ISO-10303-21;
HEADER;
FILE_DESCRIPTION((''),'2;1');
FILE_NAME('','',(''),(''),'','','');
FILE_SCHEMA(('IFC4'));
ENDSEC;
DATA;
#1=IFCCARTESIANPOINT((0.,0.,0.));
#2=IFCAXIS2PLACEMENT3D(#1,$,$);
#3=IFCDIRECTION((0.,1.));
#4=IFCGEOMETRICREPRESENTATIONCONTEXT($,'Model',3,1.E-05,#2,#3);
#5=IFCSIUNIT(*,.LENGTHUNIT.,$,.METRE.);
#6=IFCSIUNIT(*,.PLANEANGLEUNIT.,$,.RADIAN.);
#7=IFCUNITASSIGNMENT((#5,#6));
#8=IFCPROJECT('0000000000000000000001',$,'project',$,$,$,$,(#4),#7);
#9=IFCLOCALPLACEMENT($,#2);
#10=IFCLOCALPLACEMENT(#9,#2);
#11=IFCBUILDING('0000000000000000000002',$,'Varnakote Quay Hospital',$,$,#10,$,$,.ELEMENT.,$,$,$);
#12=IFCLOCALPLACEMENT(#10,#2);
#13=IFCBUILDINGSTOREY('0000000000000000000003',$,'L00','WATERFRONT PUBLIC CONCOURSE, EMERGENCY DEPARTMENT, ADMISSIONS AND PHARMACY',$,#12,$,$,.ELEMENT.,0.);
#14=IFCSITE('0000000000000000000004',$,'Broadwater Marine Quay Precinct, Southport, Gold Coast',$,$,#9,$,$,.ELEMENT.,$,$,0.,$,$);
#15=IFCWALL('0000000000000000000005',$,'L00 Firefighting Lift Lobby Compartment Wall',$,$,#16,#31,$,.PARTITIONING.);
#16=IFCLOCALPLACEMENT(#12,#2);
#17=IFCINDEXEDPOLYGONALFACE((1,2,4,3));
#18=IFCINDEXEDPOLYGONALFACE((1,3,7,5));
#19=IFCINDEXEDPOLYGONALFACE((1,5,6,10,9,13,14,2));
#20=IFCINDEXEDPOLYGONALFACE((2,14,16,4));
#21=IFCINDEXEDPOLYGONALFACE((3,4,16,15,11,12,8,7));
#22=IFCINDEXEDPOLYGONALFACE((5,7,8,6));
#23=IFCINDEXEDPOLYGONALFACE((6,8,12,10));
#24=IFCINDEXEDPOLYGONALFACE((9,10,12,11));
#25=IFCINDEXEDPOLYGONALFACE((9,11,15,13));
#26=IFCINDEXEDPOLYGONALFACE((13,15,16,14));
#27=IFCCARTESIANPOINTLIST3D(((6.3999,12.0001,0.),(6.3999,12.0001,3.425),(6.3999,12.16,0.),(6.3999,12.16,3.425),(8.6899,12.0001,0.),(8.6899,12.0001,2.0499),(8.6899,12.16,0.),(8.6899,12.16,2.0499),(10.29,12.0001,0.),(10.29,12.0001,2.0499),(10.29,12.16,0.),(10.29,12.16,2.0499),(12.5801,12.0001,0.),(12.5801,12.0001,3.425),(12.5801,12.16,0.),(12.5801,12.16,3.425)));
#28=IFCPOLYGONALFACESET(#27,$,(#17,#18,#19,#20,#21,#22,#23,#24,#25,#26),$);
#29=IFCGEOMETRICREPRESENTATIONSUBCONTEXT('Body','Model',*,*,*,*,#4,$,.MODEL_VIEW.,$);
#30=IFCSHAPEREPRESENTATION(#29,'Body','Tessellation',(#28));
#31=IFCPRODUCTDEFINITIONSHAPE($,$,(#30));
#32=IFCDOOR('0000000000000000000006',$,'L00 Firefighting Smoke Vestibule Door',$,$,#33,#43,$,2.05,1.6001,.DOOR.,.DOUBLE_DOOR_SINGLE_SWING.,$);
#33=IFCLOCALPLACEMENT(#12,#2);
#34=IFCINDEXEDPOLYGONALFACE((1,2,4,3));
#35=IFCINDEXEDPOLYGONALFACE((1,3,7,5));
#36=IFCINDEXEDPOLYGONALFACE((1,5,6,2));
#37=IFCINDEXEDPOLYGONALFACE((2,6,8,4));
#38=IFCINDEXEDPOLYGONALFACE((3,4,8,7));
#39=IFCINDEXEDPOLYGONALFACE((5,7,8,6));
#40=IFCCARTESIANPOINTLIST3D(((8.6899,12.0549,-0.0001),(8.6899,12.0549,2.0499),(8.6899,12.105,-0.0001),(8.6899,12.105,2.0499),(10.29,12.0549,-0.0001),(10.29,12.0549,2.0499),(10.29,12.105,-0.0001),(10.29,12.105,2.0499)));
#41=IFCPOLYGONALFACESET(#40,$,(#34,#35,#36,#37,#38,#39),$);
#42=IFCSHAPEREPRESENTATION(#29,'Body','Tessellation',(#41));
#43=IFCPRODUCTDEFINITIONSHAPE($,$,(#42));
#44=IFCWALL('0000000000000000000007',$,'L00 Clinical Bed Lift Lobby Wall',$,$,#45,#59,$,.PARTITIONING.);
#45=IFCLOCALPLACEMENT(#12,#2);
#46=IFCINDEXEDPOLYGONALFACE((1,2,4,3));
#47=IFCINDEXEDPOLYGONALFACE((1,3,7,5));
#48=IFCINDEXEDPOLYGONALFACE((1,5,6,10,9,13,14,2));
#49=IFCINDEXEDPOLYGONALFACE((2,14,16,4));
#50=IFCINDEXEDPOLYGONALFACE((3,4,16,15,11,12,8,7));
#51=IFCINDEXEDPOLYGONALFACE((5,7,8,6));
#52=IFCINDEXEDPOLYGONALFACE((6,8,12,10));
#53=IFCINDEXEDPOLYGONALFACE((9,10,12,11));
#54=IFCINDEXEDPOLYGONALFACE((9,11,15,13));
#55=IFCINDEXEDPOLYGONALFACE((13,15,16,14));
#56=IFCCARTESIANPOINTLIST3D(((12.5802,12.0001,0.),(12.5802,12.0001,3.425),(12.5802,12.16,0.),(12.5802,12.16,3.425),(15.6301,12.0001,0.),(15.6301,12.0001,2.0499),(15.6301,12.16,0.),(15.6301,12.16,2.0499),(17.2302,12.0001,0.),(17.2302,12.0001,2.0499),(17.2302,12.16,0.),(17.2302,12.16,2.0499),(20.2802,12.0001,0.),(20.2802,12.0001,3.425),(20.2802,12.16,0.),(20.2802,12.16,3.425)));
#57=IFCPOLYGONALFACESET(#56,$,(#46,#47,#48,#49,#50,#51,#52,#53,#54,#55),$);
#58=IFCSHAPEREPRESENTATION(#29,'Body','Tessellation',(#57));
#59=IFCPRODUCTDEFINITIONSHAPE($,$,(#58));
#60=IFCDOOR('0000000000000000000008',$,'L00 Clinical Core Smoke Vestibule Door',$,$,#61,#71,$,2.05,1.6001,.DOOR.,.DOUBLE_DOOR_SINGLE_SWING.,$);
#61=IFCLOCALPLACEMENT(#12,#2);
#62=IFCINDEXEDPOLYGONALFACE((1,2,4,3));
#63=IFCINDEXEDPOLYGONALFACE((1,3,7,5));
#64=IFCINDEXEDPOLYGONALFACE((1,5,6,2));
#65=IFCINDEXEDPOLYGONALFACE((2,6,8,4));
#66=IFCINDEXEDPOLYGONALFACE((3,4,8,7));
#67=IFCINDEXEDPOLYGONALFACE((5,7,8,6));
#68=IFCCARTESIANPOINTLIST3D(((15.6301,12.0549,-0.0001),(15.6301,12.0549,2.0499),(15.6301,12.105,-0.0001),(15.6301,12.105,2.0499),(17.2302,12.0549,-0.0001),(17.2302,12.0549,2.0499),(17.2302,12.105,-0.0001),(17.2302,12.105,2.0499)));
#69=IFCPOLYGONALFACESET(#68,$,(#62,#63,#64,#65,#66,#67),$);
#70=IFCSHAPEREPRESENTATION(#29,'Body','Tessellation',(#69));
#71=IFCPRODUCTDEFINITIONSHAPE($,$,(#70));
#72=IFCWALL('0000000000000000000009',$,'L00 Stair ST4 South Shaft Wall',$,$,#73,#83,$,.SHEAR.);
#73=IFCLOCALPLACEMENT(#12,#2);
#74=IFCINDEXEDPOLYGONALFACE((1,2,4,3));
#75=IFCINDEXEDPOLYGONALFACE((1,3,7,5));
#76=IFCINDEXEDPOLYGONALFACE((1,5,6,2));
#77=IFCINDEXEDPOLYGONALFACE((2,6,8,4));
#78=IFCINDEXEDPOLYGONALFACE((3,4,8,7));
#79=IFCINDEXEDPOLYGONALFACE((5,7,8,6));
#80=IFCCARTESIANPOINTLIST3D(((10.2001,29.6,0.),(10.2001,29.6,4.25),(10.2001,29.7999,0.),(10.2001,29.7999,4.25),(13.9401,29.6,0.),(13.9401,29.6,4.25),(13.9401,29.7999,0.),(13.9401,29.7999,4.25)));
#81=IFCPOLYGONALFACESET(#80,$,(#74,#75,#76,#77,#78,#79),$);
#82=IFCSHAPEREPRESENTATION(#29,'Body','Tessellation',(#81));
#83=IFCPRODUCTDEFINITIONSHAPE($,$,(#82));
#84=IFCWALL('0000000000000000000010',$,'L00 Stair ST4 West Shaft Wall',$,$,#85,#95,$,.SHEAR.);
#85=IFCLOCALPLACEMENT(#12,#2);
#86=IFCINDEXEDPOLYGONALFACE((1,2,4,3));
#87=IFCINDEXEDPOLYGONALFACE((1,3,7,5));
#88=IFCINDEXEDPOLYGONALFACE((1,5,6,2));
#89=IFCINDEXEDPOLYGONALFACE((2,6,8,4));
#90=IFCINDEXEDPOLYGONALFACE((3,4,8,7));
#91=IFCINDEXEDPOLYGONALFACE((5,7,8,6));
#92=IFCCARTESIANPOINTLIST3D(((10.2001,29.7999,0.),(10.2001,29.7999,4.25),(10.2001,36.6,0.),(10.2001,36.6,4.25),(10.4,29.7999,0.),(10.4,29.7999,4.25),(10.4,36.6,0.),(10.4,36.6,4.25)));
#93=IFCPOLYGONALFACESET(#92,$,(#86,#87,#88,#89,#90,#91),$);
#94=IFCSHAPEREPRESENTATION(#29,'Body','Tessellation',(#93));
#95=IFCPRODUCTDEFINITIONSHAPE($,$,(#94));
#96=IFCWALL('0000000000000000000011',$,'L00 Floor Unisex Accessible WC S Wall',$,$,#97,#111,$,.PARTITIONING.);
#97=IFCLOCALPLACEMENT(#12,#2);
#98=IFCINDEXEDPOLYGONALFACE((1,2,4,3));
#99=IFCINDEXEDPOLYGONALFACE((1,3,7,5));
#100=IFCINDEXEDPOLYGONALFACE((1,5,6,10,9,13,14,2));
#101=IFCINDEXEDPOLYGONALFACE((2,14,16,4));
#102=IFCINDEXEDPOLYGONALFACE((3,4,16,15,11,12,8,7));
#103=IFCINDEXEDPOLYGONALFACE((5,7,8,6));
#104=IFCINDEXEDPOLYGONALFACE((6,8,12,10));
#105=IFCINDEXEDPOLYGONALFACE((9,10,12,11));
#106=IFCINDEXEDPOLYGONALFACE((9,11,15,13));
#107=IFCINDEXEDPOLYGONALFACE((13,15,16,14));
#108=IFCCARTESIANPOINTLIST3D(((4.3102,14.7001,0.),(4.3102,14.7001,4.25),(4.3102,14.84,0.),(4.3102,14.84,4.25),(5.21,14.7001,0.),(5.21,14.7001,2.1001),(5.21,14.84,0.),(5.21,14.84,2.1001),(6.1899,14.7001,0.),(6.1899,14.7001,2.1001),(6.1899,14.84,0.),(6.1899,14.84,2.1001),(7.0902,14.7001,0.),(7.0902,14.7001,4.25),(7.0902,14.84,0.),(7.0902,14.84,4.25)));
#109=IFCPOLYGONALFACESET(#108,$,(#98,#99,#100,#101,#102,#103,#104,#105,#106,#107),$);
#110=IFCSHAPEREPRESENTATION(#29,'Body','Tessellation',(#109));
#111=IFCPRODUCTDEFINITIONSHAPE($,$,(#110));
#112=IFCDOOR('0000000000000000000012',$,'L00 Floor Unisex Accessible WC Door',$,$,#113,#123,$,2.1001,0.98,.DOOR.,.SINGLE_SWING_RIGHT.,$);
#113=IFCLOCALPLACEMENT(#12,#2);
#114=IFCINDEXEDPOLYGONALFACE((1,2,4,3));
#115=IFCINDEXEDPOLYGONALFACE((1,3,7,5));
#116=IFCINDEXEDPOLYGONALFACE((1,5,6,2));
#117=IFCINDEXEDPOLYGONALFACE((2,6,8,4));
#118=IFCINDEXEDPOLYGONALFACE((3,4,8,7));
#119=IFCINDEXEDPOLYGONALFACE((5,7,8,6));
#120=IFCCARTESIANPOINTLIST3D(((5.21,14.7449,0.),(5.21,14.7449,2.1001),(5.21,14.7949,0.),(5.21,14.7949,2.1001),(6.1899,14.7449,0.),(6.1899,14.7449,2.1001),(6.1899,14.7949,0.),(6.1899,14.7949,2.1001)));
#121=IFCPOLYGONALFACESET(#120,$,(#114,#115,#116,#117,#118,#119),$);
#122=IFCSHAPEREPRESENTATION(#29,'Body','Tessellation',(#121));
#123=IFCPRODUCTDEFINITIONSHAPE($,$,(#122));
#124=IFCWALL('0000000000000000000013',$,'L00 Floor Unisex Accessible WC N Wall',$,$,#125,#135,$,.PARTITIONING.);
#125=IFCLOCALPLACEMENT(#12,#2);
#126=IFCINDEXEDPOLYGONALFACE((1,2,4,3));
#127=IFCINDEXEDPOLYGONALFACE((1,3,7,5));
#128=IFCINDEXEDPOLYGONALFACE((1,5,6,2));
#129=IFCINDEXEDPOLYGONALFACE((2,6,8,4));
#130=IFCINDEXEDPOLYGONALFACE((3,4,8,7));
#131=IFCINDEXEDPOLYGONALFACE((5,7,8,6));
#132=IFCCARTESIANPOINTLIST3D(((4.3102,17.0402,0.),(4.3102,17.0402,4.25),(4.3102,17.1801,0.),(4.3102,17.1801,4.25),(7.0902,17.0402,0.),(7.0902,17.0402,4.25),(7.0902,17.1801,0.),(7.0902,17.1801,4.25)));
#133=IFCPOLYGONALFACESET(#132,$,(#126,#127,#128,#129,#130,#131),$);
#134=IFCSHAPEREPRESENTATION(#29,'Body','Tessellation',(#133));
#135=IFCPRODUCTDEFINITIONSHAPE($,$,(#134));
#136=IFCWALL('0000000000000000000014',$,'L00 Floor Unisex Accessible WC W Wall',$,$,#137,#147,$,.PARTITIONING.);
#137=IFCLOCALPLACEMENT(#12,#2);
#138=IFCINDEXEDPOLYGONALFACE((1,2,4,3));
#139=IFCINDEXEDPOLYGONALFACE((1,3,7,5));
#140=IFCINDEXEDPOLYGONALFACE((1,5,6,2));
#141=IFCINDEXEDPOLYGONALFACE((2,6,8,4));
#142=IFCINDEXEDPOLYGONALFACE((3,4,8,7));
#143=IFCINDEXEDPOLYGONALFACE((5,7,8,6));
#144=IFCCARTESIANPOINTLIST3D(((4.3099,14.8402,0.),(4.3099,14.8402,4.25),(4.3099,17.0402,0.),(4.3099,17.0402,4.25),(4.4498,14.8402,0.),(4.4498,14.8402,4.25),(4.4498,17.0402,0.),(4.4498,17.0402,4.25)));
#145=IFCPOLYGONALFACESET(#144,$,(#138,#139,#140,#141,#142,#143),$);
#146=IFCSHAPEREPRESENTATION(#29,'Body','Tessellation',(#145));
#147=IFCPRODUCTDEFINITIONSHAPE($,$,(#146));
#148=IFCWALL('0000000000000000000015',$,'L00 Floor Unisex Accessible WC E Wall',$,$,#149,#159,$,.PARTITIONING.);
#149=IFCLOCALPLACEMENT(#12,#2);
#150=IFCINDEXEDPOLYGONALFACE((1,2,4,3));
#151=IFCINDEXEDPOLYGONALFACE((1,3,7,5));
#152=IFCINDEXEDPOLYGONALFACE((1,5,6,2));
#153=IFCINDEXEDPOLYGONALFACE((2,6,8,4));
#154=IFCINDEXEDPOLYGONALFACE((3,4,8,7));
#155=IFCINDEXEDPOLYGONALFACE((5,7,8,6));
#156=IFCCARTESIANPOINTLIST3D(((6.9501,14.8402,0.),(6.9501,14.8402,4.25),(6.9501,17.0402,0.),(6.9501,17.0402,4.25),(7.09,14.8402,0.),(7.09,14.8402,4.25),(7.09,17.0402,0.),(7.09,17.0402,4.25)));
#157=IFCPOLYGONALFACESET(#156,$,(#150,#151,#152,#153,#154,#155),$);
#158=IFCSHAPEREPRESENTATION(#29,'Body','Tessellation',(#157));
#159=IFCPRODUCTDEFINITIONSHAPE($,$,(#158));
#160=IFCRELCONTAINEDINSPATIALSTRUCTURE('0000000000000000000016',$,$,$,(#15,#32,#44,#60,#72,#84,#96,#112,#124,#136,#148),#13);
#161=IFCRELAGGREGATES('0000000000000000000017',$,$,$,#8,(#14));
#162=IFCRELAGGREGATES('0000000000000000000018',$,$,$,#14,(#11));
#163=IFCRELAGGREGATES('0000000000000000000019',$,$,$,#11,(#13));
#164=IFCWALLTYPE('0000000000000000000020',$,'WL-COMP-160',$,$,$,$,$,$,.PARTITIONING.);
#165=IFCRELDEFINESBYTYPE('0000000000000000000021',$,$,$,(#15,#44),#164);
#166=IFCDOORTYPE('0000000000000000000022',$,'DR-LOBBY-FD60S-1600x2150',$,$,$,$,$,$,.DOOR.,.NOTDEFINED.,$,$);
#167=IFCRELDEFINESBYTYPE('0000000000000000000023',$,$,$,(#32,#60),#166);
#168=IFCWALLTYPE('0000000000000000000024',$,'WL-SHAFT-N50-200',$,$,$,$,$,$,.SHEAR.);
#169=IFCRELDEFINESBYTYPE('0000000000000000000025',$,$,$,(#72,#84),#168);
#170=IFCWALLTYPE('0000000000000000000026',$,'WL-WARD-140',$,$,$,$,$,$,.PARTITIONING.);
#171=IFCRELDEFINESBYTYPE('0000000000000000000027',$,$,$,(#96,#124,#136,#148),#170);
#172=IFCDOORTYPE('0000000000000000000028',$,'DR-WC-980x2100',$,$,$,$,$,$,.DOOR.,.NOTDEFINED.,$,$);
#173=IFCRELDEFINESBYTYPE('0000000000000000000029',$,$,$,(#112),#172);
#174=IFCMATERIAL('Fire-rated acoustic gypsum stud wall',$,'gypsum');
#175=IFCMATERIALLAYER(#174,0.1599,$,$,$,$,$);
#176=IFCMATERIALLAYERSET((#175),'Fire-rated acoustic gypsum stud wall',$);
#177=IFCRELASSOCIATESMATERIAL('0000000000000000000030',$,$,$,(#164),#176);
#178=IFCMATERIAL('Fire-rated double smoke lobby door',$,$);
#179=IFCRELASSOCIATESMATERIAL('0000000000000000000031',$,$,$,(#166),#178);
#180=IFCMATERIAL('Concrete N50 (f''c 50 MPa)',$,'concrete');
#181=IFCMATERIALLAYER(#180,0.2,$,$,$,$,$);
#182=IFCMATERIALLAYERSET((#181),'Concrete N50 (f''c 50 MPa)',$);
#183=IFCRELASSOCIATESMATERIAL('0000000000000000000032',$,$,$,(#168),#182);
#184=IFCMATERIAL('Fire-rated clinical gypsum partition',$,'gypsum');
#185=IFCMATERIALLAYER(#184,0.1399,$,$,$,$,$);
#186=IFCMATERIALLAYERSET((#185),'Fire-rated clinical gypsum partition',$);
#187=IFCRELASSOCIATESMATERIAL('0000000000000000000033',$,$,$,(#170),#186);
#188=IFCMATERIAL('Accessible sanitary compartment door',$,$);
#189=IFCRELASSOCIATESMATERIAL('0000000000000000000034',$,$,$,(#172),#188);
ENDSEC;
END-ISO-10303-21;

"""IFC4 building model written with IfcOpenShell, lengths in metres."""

from ifc_helpers import new_model, si_unit, direction, frame, frame_2d, origin, place, context, subcontext, project, spatial, rectangle, extrude, material, layer, layer_set, type_object, element, fill, save


model = new_model("IFC4")

# Units and contexts
model_context = context("Model", 3, precision=1e-05, world=origin(), true_north=direction((0.0, 1.0)))
body_context = subcontext(model_context, "Body", "Model", "MODEL_VIEW")
ifc_project = project(units=[si_unit("LENGTHUNIT", "METRE"), si_unit("PLANEANGLEUNIT", "RADIAN")], contexts=[model_context])

# Site, building, storey
site_placement = place(None, origin())
site = spatial("IfcSite", under=ifc_project, at=site_placement, Name="Broadwater Marine Quay Precinct, Southport, Gold Coast", CompositionType="ELEMENT", RefElevation=0.0)
building_placement = place(site_placement, origin())
building = spatial("IfcBuilding", under=site, at=building_placement, Name="Varnakote Quay Hospital", CompositionType="ELEMENT")
storey_placement = place(building_placement, origin())
storey = spatial("IfcBuildingStorey", under=building, at=storey_placement, Name="L00", Description="WATERFRONT PUBLIC CONCOURSE, EMERGENCY DEPARTMENT, ADMISSIONS AND PHARMACY", CompositionType="ELEMENT", Elevation=0.0)

# Walls, openings, doors
ifc_material_1 = material(Name="Fire-rated acoustic gypsum stud wall", Category="gypsum")
ifc_layer_1 = layer(ifc_material_1, 0.1599)
ifc_layer_set_1 = layer_set([ifc_layer_1], Name="Fire-rated acoustic gypsum stud wall")
wall_type_1 = type_object("IfcWallType", Name="WL-COMP-160", PredefinedType="PARTITIONING", material=ifc_layer_set_1)
ifc_material_2 = material(Name="Fire-rated double smoke lobby door")
door_type_1 = type_object("IfcDoorType", Name="DR-LOBBY-FD60S-1600x2150", OperationType="NOTDEFINED", PredefinedType="DOOR", material=ifc_material_2)
wall_1_placement = place(storey_placement, frame((6.3999, 12.0801, 0.0), z_axis=(0.0, 0.0, 1.0), x_axis=(1.0, 0.0, 0.0)))
wall_1 = element("IfcWall", 1, at=wall_1_placement, inside=storey, type_object=wall_type_1, Name="L00 Firefighting Lift Lobby Compartment Wall", PredefinedType="PARTITIONING", context=body_context, shape_type="SweptSolid", body=[
    extrude(rectangle(XDim=6.1802, YDim=0.1599, at=frame_2d((3.0901, 0.0))), origin(), (0.0, 0.0, 1.0), 3.425),
])
opening_1_placement = place(wall_1_placement, frame((2.29, 0.0, 0.0)))
opening_1 = element("IfcOpeningElement", 2, at=opening_1_placement, cuts=wall_1, PredefinedType="OPENING", context=body_context, shape_type="SweptSolid", body=[
    extrude(rectangle(XDim=1.6001, YDim=2.05, at=frame_2d((0.8, 1.0249))), frame((0.0, 0.0898, 0.0), z_axis=(0.0, -1.0, 0.0), x_axis=(1.0, 0.0, 0.0)), (0.0, 0.0, 1.0), 0.1799),
])
door_1_placement = place(opening_1_placement, origin())
door_1 = element("IfcDoor", 3, at=door_1_placement, inside=storey, type_object=door_type_1, Name="L00 Firefighting Smoke Vestibule Door", OperationType="DOUBLE_DOOR_SINGLE_SWING", OverallHeight=2.05, OverallWidth=1.6001, PredefinedType="DOOR", context=body_context, shape_type="SweptSolid", body=[
    extrude(rectangle(XDim=1.6001, YDim=2.05, at=frame_2d((0.8, 1.0249))), frame((0.0, 0.0249, 0.0), z_axis=(0.0, -1.0, 0.0), x_axis=(1.0, 0.0, 0.0)), (0.0, 0.0, 1.0), 0.05),
])
fill(opening_1, door_1)
wall_2_placement = place(storey_placement, frame((12.5801, 12.0801, 0.0), z_axis=(0.0, 0.0, 1.0), x_axis=(1.0, 0.0, 0.0)))
wall_2 = element("IfcWall", 4, at=wall_2_placement, inside=storey, type_object=wall_type_1, Name="L00 Clinical Bed Lift Lobby Wall", PredefinedType="PARTITIONING", context=body_context, shape_type="SweptSolid", body=[
    extrude(rectangle(XDim=7.7, YDim=0.1599, at=frame_2d((3.8501, 0.0))), origin(), (0.0, 0.0, 1.0), 3.425),
])
opening_2_placement = place(wall_2_placement, frame((3.05, 0.0, 0.0)))
opening_2 = element("IfcOpeningElement", 5, at=opening_2_placement, cuts=wall_2, PredefinedType="OPENING", context=body_context, shape_type="SweptSolid", body=[
    extrude(rectangle(XDim=1.6001, YDim=2.05, at=frame_2d((0.8, 1.0249))), frame((0.0, 0.0898, 0.0), z_axis=(0.0, -1.0, 0.0), x_axis=(1.0, 0.0, 0.0)), (0.0, 0.0, 1.0), 0.1799),
])
door_2_placement = place(opening_2_placement, origin())
door_2 = element("IfcDoor", 6, at=door_2_placement, inside=storey, type_object=door_type_1, Name="L00 Clinical Core Smoke Vestibule Door", OperationType="DOUBLE_DOOR_SINGLE_SWING", OverallHeight=2.05, OverallWidth=1.6001, PredefinedType="DOOR", context=body_context, shape_type="SweptSolid", body=[
    extrude(rectangle(XDim=1.6001, YDim=2.05, at=frame_2d((0.8, 1.0249))), frame((0.0, 0.0249, 0.0), z_axis=(0.0, -1.0, 0.0), x_axis=(1.0, 0.0, 0.0)), (0.0, 0.0, 1.0), 0.05),
])
fill(opening_2, door_2)

# Walls
ifc_material_3 = material(Name="Concrete N50 (f'c 50 MPa)", Category="concrete")
ifc_layer_2 = layer(ifc_material_3, 0.2)
ifc_layer_set_2 = layer_set([ifc_layer_2], Name="Concrete N50 (f'c 50 MPa)")
wall_type_2 = type_object("IfcWallType", Name="WL-SHAFT-N50-200", PredefinedType="SHEAR", material=ifc_layer_set_2)
wall_3_placement = place(storey_placement, frame((10.2, 29.7, 0.0), z_axis=(0.0, 0.0, 1.0), x_axis=(1.0, 0.0, 0.0)))
element("IfcWall", 7, at=wall_3_placement, inside=storey, type_object=wall_type_2, Name="L00 Stair ST4 South Shaft Wall", PredefinedType="SHEAR", context=body_context, shape_type="SweptSolid", body=[
    extrude(rectangle(XDim=3.74, YDim=0.2, at=frame_2d((1.8701, 0.0))), origin(), (0.0, 0.0, 1.0), 4.25),
])
wall_4_placement = place(storey_placement, frame((10.3, 29.8, 0.0), z_axis=(0.0, 0.0, 1.0), x_axis=(0.0, 1.0, 0.0)))
element("IfcWall", 8, at=wall_4_placement, inside=storey, type_object=wall_type_2, Name="L00 Stair ST4 West Shaft Wall", PredefinedType="SHEAR", context=body_context, shape_type="SweptSolid", body=[
    extrude(rectangle(XDim=6.8, YDim=0.2, at=frame_2d((3.3999, 0.0))), origin(), (0.0, 0.0, 1.0), 4.25),
])

# Wall, opening, door
ifc_material_4 = material(Name="Fire-rated clinical gypsum partition", Category="gypsum")
ifc_layer_3 = layer(ifc_material_4, 0.1399)
ifc_layer_set_3 = layer_set([ifc_layer_3], Name="Fire-rated clinical gypsum partition")
wall_type_3 = type_object("IfcWallType", Name="WL-WARD-140", PredefinedType="PARTITIONING", material=ifc_layer_set_3)
wall_5_placement = place(storey_placement, frame((4.3101, 14.77, 0.0), z_axis=(0.0, 0.0, 1.0), x_axis=(1.0, 0.0, 0.0)))
wall_5 = element("IfcWall", 9, at=wall_5_placement, inside=storey, type_object=wall_type_3, Name="L00 Floor Unisex Accessible WC S Wall", PredefinedType="PARTITIONING", context=body_context, shape_type="SweptSolid", body=[
    extrude(rectangle(XDim=2.78, YDim=0.1399, at=frame_2d((1.3901, 0.0))), origin(), (0.0, 0.0, 1.0), 4.25),
])
opening_3_placement = place(wall_5_placement, frame((0.8999, 0.0, 0.0)))
opening_3 = element("IfcOpeningElement", 10, at=opening_3_placement, cuts=wall_5, PredefinedType="OPENING", context=body_context, shape_type="SweptSolid", body=[
    extrude(rectangle(XDim=0.98, YDim=2.1001, at=frame_2d((0.49, 1.05))), frame((0.0, 0.0798, 0.0), z_axis=(0.0, -1.0, 0.0), x_axis=(1.0, 0.0, 0.0)), (0.0, 0.0, 1.0), 0.1599),
])
ifc_material_5 = material(Name="Accessible sanitary compartment door")
door_type_2 = type_object("IfcDoorType", Name="DR-WC-980x2100", OperationType="NOTDEFINED", PredefinedType="DOOR", material=ifc_material_5)
door_3_placement = place(opening_3_placement, origin())
door_3 = element("IfcDoor", 11, at=door_3_placement, inside=storey, type_object=door_type_2, Name="L00 Floor Unisex Accessible WC Door", OperationType="SINGLE_SWING_RIGHT", OverallHeight=2.1001, OverallWidth=0.98, PredefinedType="DOOR", context=body_context, shape_type="SweptSolid", body=[
    extrude(rectangle(XDim=0.98, YDim=2.1001, at=frame_2d((0.49, 1.05))), frame((0.0, 0.0249, 0.0), z_axis=(0.0, -1.0, 0.0), x_axis=(1.0, 0.0, 0.0)), (0.0, 0.0, 1.0), 0.05),
])
fill(opening_3, door_3)

# Walls
wall_6_placement = place(storey_placement, frame((4.3101, 17.1101, 0.0), z_axis=(0.0, 0.0, 1.0), x_axis=(1.0, 0.0, 0.0)))
element("IfcWall", 12, at=wall_6_placement, inside=storey, type_object=wall_type_3, Name="L00 Floor Unisex Accessible WC N Wall", PredefinedType="PARTITIONING", context=body_context, shape_type="SweptSolid", body=[
    extrude(rectangle(XDim=2.78, YDim=0.1399, at=frame_2d((1.3901, 0.0))), origin(), (0.0, 0.0, 1.0), 4.25),
])
for number, where, z_axis, x_axis, name in (
    (13, (4.3799, 14.8401, 0.0), (0.0, 0.0, 1.0), (0.0, 1.0, 0.0), "L00 Floor Unisex Accessible WC W Wall"),
    (14, (7.02, 14.8401, 0.0), (0.0, 0.0, 1.0), (0.0, 1.0, 0.0), "L00 Floor Unisex Accessible WC E Wall"),
):
    element("IfcWall", number, at=place(storey_placement, frame(where, z_axis=z_axis, x_axis=x_axis)), inside=storey, type_object=wall_type_3, Name=name, PredefinedType="PARTITIONING", context=body_context, shape_type="SweptSolid", body=[
        extrude(rectangle(XDim=2.2, YDim=0.1399, at=frame_2d((1.1001, 0.0))), origin(), (0.0, 0.0, 1.0), 4.25),
    ])

save(model, "model.ifc")
